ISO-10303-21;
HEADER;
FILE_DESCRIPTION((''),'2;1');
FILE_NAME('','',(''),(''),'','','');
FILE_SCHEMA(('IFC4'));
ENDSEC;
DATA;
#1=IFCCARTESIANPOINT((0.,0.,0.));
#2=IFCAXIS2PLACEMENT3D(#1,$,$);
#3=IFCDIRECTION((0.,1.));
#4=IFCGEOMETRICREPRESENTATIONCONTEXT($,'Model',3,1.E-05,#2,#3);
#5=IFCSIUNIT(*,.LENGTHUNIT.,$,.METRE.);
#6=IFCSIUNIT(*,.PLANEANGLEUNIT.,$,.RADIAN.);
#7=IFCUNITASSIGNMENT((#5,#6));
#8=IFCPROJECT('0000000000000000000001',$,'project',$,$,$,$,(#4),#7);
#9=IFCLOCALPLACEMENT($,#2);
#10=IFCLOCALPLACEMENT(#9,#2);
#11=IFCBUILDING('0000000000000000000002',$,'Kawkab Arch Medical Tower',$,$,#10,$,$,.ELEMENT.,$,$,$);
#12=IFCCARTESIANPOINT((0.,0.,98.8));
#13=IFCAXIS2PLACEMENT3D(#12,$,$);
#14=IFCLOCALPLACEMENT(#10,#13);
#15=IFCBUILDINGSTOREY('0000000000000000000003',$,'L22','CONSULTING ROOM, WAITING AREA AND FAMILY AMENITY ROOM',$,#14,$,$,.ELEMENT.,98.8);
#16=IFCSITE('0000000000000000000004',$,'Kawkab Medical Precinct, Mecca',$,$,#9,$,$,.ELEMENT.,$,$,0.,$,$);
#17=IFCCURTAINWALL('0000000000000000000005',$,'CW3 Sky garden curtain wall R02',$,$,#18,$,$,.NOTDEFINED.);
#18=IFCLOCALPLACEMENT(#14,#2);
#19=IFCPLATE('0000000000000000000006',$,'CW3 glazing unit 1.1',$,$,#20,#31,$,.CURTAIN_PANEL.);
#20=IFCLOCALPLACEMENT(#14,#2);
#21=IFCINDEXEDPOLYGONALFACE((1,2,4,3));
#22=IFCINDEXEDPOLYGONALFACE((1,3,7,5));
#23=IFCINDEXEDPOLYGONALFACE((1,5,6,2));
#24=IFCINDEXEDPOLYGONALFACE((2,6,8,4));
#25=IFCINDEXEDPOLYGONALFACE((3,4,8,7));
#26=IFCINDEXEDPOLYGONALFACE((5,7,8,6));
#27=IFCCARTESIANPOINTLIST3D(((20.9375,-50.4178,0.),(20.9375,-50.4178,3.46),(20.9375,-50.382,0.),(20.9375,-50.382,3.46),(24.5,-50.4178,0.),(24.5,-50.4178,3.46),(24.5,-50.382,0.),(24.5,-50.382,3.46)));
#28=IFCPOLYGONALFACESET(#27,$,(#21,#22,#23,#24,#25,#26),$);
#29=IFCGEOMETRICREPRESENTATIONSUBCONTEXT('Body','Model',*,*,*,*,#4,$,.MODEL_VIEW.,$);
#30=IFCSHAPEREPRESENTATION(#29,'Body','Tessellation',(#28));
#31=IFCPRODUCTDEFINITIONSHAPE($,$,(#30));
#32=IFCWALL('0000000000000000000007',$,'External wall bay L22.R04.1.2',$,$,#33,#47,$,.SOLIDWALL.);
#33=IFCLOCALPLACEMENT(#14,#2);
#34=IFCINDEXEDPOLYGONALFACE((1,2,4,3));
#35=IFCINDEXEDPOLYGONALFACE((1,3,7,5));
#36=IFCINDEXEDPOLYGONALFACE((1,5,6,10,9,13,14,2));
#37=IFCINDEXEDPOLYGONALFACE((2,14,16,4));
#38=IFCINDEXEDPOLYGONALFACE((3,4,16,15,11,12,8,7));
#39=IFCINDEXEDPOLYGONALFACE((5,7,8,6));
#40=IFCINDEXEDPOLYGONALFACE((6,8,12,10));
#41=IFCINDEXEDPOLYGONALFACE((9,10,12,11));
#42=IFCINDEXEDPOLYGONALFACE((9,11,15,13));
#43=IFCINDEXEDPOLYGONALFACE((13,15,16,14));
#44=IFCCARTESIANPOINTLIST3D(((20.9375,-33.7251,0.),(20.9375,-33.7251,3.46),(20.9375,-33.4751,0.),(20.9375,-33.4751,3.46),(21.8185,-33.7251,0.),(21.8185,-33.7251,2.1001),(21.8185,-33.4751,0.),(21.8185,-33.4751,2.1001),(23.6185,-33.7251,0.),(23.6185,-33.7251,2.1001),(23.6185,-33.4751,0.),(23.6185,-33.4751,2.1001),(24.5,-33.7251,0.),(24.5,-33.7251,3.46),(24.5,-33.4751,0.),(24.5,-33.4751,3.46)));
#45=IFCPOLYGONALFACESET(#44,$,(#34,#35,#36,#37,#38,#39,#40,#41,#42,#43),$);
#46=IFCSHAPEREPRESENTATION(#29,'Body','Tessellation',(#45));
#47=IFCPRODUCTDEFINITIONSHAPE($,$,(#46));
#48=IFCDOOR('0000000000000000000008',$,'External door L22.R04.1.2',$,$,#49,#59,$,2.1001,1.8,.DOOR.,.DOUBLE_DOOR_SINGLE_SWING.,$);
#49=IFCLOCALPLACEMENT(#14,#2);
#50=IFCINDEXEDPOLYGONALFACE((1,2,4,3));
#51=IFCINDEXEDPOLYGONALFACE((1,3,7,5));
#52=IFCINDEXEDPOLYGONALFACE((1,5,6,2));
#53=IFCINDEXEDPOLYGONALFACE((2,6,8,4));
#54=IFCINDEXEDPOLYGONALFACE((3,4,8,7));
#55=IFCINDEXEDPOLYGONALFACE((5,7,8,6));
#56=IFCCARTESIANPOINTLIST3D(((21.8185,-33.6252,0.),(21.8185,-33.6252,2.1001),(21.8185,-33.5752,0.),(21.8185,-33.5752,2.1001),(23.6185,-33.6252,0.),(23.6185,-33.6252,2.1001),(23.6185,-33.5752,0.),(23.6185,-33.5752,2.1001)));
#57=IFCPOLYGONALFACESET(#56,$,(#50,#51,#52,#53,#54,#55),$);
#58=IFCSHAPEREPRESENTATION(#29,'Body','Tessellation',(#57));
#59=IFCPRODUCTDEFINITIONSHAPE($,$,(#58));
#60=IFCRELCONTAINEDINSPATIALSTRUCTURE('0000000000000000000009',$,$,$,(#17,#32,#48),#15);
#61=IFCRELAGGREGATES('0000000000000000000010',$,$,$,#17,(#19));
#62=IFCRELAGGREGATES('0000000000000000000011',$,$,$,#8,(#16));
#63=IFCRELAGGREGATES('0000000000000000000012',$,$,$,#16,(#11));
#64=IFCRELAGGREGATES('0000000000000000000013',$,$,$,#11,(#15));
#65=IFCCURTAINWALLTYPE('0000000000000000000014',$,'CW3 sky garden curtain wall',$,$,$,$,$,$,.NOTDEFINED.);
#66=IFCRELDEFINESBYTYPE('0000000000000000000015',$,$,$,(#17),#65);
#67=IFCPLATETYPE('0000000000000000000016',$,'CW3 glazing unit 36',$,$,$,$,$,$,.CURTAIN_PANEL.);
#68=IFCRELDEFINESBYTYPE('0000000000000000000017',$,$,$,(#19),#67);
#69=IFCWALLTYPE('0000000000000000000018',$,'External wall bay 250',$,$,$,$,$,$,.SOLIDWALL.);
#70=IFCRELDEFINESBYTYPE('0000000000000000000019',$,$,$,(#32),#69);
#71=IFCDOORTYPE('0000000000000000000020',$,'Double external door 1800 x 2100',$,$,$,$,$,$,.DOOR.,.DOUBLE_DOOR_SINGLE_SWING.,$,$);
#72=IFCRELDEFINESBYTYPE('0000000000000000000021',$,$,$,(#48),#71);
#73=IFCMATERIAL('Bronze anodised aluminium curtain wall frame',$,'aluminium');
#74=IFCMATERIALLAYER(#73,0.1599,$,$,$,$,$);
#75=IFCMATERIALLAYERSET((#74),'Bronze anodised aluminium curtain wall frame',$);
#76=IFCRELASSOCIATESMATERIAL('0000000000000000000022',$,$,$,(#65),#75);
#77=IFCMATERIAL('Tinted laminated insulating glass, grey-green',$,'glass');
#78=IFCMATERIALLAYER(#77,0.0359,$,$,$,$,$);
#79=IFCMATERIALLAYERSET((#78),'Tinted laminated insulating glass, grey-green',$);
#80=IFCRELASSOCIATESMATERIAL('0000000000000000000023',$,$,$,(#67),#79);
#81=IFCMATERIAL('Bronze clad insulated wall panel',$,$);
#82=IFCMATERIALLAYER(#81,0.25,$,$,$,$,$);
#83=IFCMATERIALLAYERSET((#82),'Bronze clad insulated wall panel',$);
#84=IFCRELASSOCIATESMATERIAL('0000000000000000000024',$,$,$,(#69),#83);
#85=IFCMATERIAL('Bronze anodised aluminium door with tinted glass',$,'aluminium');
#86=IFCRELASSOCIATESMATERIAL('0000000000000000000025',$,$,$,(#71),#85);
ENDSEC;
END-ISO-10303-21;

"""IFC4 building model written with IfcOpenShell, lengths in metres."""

from ifc_helpers import new_model, si_unit, direction, frame, frame_2d, origin, origin_2d, place, context, subcontext, project, spatial, rectangle, extrude, material, layer, layer_set, type_object, element, fill, aggregate, save


model = new_model("IFC4")

# Units and contexts
model_context = context("Model", 3, precision=1e-05, world=origin(), true_north=direction((0.0, 1.0)))
body_context = subcontext(model_context, "Body", "Model", "MODEL_VIEW")
ifc_project = project(units=[si_unit("LENGTHUNIT", "METRE"), si_unit("PLANEANGLEUNIT", "RADIAN")], contexts=[model_context])

# Site, building, storey
site_placement = place(None, origin())
site = spatial("IfcSite", under=ifc_project, at=site_placement, Name="Kawkab Medical Precinct, Mecca", CompositionType="ELEMENT", RefElevation=0.0)
building_placement = place(site_placement, origin())
building = spatial("IfcBuilding", under=site, at=building_placement, Name="Kawkab Arch Medical Tower", CompositionType="ELEMENT")
storey_placement = place(building_placement, frame((0.0, 0.0, 98.8)))
storey = spatial("IfcBuildingStorey", under=building, at=storey_placement, Name="L22", Description="CONSULTING ROOM, WAITING AREA AND FAMILY AMENITY ROOM", CompositionType="ELEMENT", Elevation=98.8)

# Curtain wall
placement = place(storey_placement, origin())
ifc_material_1 = material(Name="Bronze anodised aluminium curtain wall frame", Category="aluminium")
ifc_layer_1 = layer(ifc_material_1, 0.1599)
ifc_layer_set_1 = layer_set([ifc_layer_1], Name="Bronze anodised aluminium curtain wall frame")
curtain_wall_type_1 = type_object("IfcCurtainWallType", Name="CW3 sky garden curtain wall", PredefinedType="NOTDEFINED", material=ifc_layer_set_1)
curtain_wall_1 = element("IfcCurtainWall", 1, at=placement, inside=storey, type_object=curtain_wall_type_1, Name="CW3 Sky garden curtain wall R02", PredefinedType="NOTDEFINED")

# Plate
ifc_material_2 = material(Name="Tinted laminated insulating glass, grey-green", Category="glass")
ifc_layer_2 = layer(ifc_material_2, 0.0359)
ifc_layer_set_2 = layer_set([ifc_layer_2], Name="Tinted laminated insulating glass, grey-green")
plate_type_1 = type_object("IfcPlateType", Name="CW3 glazing unit 36", PredefinedType="CURTAIN_PANEL", material=ifc_layer_set_2)
plate_1_placement = place(storey_placement, frame((22.7188, -50.3999, 0.0), z_axis=(0.0, 0.0, 1.0), x_axis=(-1.0, 0.0, 0.0)))
plate_1 = element("IfcPlate", 2, at=plate_1_placement, type_object=plate_type_1, Name="CW3 glazing unit 1.1", PredefinedType="CURTAIN_PANEL", context=body_context, shape_type="SweptSolid", body=[
    extrude(rectangle(XDim=3.5625, YDim=0.0359, at=origin_2d()), origin(), (0.0, 0.0, 1.0), 3.46),
])
aggregate(curtain_wall_1, [plate_1])

# Wall, opening, door
ifc_material_3 = material(Name="Bronze clad insulated wall panel")
ifc_layer_3 = layer(ifc_material_3, 0.25)
ifc_layer_set_3 = layer_set([ifc_layer_3], Name="Bronze clad insulated wall panel")
wall_type = type_object("IfcWallType", Name="External wall bay 250", PredefinedType="SOLIDWALL", material=ifc_layer_set_3)
wall_placement = place(storey_placement, frame((20.9375, -33.6001, 0.0), z_axis=(0.0, 0.0, 1.0), x_axis=(1.0, 0.0, 0.0)))
wall = element("IfcWall", 3, at=wall_placement, inside=storey, type_object=wall_type, Name="External wall bay L22.R04.1.2", PredefinedType="SOLIDWALL", context=body_context, shape_type="SweptSolid", body=[
    extrude(rectangle(XDim=3.5625, YDim=0.25, at=frame_2d((1.7812, 0.0))), origin(), (0.0, 0.0, 1.0), 3.46),
])
opening_placement = place(wall_placement, frame((0.8811, 0.0, 0.0)))
opening = element("IfcOpeningElement", 4, at=opening_placement, cuts=wall, PredefinedType="OPENING", context=body_context, shape_type="SweptSolid", body=[
    extrude(rectangle(XDim=1.8, YDim=2.1001, at=frame_2d((0.8999, 1.05))), frame((0.0, 0.135, 0.0), z_axis=(0.0, -1.0, 0.0), x_axis=(1.0, 0.0, 0.0)), (0.0, 0.0, 1.0), 0.27),
])
ifc_material_4 = material(Name="Bronze anodised aluminium door with tinted glass", Category="aluminium")
door_type = type_object("IfcDoorType", Name="Double external door 1800 x 2100", OperationType="DOUBLE_DOOR_SINGLE_SWING", PredefinedType="DOOR", material=ifc_material_4)
door_placement = place(opening_placement, origin())
door = element("IfcDoor", 5, at=door_placement, inside=storey, type_object=door_type, Name="External door L22.R04.1.2", OperationType="DOUBLE_DOOR_SINGLE_SWING", OverallHeight=2.1001, OverallWidth=1.8, PredefinedType="DOOR", context=body_context, shape_type="SweptSolid", body=[
    extrude(rectangle(XDim=1.8, YDim=2.1001, at=frame_2d((0.8999, 1.05))), frame((0.0, 0.0249, 0.0), z_axis=(0.0, -1.0, 0.0), x_axis=(1.0, 0.0, 0.0)), (0.0, 0.0, 1.0), 0.05),
])
fill(opening, door)

save(model, "model.ifc")
